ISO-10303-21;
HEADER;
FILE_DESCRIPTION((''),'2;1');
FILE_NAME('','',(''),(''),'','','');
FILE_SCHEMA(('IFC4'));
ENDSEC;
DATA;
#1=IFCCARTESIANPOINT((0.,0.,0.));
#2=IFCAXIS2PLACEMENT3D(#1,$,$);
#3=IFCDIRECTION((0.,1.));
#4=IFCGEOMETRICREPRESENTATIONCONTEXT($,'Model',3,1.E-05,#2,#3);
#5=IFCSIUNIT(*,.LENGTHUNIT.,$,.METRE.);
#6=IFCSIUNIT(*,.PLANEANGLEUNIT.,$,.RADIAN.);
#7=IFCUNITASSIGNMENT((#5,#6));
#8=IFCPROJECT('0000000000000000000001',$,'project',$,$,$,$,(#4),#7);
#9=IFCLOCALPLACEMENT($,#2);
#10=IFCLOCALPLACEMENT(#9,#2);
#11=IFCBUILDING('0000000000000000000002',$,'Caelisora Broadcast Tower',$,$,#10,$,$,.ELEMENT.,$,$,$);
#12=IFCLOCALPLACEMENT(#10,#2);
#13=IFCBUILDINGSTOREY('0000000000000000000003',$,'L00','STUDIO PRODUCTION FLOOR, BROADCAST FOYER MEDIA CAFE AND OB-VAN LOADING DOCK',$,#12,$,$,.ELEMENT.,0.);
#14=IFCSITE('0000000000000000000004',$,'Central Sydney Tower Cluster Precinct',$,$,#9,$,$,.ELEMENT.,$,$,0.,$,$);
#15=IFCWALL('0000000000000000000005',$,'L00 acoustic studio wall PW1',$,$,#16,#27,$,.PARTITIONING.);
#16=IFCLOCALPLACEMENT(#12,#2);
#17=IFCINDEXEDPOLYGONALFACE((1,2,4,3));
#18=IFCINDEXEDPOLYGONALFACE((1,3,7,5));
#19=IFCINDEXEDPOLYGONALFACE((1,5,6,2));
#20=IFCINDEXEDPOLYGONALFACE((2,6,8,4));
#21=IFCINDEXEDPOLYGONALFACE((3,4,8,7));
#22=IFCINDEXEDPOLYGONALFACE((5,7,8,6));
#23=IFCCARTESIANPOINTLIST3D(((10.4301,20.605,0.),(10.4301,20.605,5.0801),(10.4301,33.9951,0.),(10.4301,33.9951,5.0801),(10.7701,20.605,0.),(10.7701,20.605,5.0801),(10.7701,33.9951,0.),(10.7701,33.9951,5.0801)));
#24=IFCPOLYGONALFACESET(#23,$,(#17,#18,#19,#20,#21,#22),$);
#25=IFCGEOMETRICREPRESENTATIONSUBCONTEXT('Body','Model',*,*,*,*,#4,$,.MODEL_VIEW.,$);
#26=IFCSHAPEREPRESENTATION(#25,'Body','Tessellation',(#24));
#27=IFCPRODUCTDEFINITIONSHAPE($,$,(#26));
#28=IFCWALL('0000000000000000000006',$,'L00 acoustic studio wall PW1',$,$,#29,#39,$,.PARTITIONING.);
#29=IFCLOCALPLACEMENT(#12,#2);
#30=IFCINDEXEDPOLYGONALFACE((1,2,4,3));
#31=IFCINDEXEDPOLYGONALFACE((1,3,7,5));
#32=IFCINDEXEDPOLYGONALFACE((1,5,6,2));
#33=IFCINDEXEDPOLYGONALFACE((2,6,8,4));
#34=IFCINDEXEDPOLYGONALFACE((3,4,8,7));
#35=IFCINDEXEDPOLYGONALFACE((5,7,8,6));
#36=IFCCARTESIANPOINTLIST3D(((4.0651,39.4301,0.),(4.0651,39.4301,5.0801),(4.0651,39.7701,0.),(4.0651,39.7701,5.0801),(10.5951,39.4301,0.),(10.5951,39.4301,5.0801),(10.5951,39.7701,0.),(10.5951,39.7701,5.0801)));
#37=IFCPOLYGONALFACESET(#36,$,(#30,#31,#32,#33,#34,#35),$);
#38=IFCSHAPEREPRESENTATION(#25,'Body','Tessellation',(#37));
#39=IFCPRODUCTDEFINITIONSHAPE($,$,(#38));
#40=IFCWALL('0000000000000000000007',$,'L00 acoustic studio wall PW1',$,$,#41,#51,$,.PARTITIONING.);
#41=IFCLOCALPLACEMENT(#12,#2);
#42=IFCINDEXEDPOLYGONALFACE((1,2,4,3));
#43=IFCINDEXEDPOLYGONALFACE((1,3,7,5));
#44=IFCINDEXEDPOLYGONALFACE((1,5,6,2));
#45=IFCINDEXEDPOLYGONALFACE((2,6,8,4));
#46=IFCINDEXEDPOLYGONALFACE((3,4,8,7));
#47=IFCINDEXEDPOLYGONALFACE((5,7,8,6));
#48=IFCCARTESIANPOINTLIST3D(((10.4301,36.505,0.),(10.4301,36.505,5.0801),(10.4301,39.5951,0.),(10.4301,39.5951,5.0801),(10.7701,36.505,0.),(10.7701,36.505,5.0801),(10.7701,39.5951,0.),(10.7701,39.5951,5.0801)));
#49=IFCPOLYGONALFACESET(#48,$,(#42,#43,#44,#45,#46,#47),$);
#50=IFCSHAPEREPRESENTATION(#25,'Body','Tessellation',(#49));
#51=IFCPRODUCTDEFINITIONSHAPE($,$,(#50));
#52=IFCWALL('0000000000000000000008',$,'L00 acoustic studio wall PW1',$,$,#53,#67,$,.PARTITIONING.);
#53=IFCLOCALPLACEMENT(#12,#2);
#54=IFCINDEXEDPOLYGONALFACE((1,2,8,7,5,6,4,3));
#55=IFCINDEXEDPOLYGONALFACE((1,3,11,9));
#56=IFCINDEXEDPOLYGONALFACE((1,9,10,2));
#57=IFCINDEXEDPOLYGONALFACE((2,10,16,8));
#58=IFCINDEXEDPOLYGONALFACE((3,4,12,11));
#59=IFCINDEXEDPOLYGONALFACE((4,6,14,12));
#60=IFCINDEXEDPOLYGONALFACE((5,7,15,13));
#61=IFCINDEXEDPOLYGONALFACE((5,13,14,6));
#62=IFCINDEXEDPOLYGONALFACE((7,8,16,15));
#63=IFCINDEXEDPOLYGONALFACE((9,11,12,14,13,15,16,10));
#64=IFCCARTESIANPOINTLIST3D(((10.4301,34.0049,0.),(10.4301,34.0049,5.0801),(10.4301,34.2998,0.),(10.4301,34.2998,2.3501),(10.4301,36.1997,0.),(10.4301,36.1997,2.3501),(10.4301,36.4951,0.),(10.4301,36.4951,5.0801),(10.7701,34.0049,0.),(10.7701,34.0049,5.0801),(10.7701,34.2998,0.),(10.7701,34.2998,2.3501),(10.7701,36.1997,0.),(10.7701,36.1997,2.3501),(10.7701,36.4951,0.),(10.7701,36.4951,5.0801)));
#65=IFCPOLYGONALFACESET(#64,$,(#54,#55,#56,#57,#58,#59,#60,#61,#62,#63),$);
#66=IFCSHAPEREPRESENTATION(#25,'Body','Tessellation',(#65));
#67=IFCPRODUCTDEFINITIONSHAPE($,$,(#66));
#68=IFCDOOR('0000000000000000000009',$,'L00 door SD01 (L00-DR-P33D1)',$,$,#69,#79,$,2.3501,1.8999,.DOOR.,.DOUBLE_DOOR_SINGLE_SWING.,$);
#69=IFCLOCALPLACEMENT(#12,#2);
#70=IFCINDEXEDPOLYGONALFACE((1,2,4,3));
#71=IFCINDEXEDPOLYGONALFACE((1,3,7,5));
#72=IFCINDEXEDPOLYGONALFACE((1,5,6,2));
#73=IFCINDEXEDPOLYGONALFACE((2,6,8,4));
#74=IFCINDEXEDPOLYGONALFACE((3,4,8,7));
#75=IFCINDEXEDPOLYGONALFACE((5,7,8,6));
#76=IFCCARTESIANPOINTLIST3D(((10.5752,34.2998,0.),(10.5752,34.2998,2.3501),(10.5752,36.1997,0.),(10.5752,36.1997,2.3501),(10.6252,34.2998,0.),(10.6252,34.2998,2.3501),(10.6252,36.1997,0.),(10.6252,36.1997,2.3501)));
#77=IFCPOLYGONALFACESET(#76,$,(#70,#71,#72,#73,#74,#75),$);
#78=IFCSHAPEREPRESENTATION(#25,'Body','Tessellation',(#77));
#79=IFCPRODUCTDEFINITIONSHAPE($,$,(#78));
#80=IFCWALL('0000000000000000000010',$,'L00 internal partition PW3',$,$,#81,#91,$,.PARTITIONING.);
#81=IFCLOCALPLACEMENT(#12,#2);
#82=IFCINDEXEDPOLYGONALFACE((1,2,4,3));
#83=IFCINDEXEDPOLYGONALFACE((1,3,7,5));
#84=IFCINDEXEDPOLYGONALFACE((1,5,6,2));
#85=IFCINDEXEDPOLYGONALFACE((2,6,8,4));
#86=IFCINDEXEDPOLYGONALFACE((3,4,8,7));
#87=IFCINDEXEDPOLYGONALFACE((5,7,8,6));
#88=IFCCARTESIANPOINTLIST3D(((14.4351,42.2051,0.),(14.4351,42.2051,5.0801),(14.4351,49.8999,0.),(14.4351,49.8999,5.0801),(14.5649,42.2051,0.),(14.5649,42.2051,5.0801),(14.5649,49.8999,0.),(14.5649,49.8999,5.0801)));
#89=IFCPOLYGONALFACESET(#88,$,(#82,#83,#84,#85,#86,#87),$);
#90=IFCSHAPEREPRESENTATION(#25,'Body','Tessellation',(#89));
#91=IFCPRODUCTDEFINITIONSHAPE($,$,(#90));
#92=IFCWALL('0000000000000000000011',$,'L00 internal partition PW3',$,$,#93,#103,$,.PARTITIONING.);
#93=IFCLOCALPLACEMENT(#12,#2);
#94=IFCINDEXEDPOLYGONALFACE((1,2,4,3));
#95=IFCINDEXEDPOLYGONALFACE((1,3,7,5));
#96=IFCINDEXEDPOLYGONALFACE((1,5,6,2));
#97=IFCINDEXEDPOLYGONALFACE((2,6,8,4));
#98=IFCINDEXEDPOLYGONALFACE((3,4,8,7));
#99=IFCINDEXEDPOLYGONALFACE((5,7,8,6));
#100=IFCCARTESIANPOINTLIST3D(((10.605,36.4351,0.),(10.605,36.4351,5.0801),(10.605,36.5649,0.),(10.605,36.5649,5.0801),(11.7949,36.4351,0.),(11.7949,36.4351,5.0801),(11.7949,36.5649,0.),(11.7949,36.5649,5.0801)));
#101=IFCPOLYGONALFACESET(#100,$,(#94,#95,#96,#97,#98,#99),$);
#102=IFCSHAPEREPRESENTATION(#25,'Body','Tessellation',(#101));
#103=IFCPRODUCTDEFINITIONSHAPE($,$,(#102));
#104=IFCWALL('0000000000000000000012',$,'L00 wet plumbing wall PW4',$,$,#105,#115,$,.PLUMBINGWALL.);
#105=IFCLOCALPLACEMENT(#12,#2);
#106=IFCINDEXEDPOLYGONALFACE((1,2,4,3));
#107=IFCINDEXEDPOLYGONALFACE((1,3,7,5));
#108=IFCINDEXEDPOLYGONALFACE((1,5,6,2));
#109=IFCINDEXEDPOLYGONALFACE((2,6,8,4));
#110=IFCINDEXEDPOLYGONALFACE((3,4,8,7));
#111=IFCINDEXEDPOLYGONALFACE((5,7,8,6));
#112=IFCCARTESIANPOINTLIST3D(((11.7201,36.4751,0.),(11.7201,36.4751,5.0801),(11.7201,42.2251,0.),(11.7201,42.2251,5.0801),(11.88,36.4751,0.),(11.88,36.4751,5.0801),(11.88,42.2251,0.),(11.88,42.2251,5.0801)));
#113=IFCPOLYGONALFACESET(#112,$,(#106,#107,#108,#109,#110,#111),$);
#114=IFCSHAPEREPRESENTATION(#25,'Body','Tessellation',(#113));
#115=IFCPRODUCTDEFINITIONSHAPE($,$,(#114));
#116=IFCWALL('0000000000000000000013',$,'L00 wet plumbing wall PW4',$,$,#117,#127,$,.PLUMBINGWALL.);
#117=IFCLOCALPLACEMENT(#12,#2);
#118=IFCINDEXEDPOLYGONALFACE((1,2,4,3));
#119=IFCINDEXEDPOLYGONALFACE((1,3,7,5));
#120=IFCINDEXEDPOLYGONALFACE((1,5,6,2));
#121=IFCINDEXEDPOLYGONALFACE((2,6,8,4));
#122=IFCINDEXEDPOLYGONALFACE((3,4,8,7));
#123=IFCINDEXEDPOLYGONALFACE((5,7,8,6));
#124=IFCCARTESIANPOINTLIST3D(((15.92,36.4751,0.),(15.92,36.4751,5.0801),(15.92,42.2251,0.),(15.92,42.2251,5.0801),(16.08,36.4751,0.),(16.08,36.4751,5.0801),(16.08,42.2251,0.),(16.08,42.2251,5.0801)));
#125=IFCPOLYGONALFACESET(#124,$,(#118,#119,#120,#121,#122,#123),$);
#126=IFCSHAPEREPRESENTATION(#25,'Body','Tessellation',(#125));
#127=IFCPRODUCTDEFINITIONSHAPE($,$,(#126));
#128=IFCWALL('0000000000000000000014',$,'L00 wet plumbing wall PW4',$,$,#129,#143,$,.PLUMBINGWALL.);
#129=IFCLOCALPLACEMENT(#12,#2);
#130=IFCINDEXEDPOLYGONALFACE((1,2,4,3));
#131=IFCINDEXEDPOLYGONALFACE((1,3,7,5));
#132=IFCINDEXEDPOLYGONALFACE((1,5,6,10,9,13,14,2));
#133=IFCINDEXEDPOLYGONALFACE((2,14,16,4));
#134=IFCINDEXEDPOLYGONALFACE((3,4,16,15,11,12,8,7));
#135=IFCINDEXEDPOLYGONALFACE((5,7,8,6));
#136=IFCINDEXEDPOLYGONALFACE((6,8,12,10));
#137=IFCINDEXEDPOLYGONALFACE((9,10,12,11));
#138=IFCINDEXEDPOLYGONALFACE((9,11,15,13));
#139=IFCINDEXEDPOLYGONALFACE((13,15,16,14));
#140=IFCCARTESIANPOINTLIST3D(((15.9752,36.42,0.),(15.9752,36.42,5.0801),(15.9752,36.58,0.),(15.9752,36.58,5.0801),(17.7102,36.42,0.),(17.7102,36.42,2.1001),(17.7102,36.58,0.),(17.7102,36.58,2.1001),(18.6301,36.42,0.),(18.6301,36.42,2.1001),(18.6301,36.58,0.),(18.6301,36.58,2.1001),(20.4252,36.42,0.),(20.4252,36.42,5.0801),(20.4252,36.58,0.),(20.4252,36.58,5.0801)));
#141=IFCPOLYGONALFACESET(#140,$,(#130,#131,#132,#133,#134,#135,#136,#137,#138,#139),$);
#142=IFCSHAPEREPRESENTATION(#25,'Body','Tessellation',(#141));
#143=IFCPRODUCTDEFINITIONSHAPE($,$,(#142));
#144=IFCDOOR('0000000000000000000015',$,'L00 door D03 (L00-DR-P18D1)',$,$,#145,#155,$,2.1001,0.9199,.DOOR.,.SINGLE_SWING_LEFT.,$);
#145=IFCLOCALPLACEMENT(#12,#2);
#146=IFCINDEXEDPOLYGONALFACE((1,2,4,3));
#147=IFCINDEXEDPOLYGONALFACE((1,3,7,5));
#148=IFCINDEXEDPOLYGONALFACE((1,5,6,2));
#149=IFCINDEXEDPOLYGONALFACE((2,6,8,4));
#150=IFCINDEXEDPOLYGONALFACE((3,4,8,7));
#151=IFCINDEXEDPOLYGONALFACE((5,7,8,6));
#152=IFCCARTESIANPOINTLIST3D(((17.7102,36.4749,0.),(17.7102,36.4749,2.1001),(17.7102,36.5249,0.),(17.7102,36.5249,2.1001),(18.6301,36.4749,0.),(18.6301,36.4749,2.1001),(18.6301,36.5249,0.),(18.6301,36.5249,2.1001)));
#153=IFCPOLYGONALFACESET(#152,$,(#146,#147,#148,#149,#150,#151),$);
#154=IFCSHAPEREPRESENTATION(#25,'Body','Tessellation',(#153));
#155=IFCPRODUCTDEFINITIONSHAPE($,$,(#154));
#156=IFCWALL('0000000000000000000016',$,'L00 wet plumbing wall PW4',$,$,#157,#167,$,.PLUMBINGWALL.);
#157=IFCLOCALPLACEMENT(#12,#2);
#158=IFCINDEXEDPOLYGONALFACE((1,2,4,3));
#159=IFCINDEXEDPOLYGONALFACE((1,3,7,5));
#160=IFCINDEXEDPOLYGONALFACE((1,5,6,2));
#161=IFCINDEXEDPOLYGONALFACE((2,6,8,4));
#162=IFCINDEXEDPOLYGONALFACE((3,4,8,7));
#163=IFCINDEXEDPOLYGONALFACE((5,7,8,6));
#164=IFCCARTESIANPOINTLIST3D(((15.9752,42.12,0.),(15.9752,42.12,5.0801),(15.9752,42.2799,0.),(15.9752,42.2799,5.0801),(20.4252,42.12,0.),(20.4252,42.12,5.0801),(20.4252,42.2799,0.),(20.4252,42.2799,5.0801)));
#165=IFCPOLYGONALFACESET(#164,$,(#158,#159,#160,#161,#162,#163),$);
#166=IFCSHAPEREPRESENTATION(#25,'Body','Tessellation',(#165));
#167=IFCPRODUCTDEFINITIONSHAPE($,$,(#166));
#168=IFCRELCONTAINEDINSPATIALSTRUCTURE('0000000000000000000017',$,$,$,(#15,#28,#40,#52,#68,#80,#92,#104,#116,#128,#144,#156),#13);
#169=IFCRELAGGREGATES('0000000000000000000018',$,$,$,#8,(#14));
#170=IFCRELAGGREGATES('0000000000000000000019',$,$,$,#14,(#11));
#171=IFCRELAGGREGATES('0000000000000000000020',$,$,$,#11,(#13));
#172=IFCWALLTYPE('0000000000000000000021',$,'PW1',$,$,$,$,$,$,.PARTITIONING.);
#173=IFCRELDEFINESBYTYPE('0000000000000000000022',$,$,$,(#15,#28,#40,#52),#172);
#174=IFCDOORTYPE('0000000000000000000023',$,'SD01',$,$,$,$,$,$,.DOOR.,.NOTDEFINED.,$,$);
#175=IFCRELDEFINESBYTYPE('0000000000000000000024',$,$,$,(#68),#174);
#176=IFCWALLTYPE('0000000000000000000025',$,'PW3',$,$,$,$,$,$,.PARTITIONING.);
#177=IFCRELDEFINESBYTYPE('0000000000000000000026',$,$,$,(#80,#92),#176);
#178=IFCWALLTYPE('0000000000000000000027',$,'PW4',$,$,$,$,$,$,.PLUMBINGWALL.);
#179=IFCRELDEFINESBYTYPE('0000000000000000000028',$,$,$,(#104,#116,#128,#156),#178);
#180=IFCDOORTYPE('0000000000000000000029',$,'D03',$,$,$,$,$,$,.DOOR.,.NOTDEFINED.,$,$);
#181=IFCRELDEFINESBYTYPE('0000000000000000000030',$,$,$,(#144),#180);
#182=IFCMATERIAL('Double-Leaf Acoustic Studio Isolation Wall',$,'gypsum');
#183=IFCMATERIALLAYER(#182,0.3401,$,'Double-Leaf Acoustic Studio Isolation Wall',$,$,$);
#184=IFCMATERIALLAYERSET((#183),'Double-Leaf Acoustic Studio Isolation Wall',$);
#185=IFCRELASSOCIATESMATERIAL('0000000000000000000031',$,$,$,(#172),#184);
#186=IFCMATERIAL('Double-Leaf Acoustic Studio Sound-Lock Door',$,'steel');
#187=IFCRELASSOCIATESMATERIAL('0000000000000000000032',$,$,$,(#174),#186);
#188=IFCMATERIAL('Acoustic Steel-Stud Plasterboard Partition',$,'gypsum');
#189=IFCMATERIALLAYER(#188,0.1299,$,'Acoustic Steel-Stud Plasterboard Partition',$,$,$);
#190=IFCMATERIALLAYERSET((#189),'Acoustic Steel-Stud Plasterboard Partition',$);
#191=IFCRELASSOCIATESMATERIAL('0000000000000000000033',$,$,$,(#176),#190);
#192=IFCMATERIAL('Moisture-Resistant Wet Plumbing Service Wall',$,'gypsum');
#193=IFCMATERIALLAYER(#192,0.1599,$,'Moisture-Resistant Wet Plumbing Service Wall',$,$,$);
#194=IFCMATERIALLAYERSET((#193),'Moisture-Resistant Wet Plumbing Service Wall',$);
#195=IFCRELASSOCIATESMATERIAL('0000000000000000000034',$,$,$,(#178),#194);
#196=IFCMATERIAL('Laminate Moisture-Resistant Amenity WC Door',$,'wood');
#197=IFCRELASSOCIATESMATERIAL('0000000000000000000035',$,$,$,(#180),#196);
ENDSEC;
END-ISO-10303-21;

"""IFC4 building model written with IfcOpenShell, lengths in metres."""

from ifc_helpers import new_model, si_unit, direction, frame, frame_2d, origin, place, context, subcontext, project, spatial, rectangle, extrude, material, layer, layer_set, type_object, element, fill, save


model = new_model("IFC4")

# Units and contexts
model_context = context("Model", 3, precision=1e-05, world=origin(), true_north=direction((0.0, 1.0)))
body_context = subcontext(model_context, "Body", "Model", "MODEL_VIEW")
ifc_project = project(units=[si_unit("LENGTHUNIT", "METRE"), si_unit("PLANEANGLEUNIT", "RADIAN")], contexts=[model_context])

# Site, building, storey
site_placement = place(None, origin())
site = spatial("IfcSite", under=ifc_project, at=site_placement, Name="Central Sydney Tower Cluster Precinct", CompositionType="ELEMENT", RefElevation=0.0)
building_placement = place(site_placement, origin())
building = spatial("IfcBuilding", under=site, at=building_placement, Name="Caelisora Broadcast Tower", CompositionType="ELEMENT")
storey_placement = place(building_placement, origin())
storey = spatial("IfcBuildingStorey", under=building, at=storey_placement, Name="L00", Description="STUDIO PRODUCTION FLOOR, BROADCAST FOYER MEDIA CAFE AND OB-VAN LOADING DOCK", CompositionType="ELEMENT", Elevation=0.0)

# Walls
ifc_material_1 = material(Name="Double-Leaf Acoustic Studio Isolation Wall", Category="gypsum")
ifc_layer_1 = layer(ifc_material_1, 0.3401, Name="Double-Leaf Acoustic Studio Isolation Wall")
ifc_layer_set_1 = layer_set([ifc_layer_1], Name="Double-Leaf Acoustic Studio Isolation Wall")
wall_type_1 = type_object("IfcWallType", Name="PW1", PredefinedType="PARTITIONING", material=ifc_layer_set_1)
wall_1_placement = place(storey_placement, frame((10.6001, 33.9951, 0.0), z_axis=(0.0, 0.0, 1.0), x_axis=(0.0, -1.0, 0.0)))
element("IfcWall", 1, at=wall_1_placement, inside=storey, type_object=wall_type_1, Name="L00 acoustic studio wall PW1", PredefinedType="PARTITIONING", context=body_context, shape_type="SweptSolid", body=[
    extrude(rectangle(XDim=13.3901, YDim=0.3401, at=frame_2d((6.6951, 0.0))), origin(), (0.0, 0.0, 1.0), 5.0801),
])
wall_2_placement = place(storey_placement, frame((4.0649, 39.6001, 0.0), z_axis=(0.0, 0.0, 1.0), x_axis=(1.0, 0.0, 0.0)))
element("IfcWall", 2, at=wall_2_placement, inside=storey, type_object=wall_type_1, Name="L00 acoustic studio wall PW1", PredefinedType="PARTITIONING", context=body_context, shape_type="SweptSolid", body=[
    extrude(rectangle(XDim=6.53, YDim=0.3401, at=frame_2d((3.2651, 0.0))), origin(), (0.0, 0.0, 1.0), 5.0801),
])
wall_3_placement = place(storey_placement, frame((10.6001, 39.595, 0.0), z_axis=(0.0, 0.0, 1.0), x_axis=(0.0, -1.0, 0.0)))
element("IfcWall", 3, at=wall_3_placement, inside=storey, type_object=wall_type_1, Name="L00 acoustic studio wall PW1", PredefinedType="PARTITIONING", context=body_context, shape_type="SweptSolid", body=[
    extrude(rectangle(XDim=3.0901, YDim=0.3401, at=frame_2d((1.5449, 0.0))), origin(), (0.0, 0.0, 1.0), 5.0801),
])

# Wall, opening, door
wall_4_placement = place(storey_placement, frame((10.6001, 34.0049, 0.0), z_axis=(0.0, 0.0, 1.0), x_axis=(0.0, 1.0, 0.0)))
wall_4 = element("IfcWall", 4, at=wall_4_placement, inside=storey, type_object=wall_type_1, Name="L00 acoustic studio wall PW1", PredefinedType="PARTITIONING", context=body_context, shape_type="SweptSolid", body=[
    extrude(rectangle(XDim=2.4902, YDim=0.3401, at=frame_2d((1.2451, 0.0))), origin(), (0.0, 0.0, 1.0), 5.0801),
])
opening_1_placement = place(wall_4_placement, frame((0.2949, 0.0, 0.0)))
opening_1 = element("IfcOpeningElement", 5, at=opening_1_placement, cuts=wall_4, PredefinedType="OPENING", context=body_context, shape_type="SweptSolid", body=[
    extrude(rectangle(XDim=1.8999, YDim=2.3501, at=frame_2d((0.95, 1.175))), frame((0.0, 0.1821, 0.0), z_axis=(0.0, -1.0, 0.0), x_axis=(1.0, 0.0, 0.0)), (0.0, 0.0, 1.0), 0.364),
])
ifc_material_2 = material(Name="Double-Leaf Acoustic Studio Sound-Lock Door", Category="steel")
door_type_1 = type_object("IfcDoorType", Name="SD01", OperationType="NOTDEFINED", PredefinedType="DOOR", material=ifc_material_2)
door_1_placement = place(opening_1_placement, origin())
door_1 = element("IfcDoor", 6, at=door_1_placement, inside=storey, type_object=door_type_1, Name="L00 door SD01 (L00-DR-P33D1)", OperationType="DOUBLE_DOOR_SINGLE_SWING", OverallHeight=2.3501, OverallWidth=1.8999, PredefinedType="DOOR", context=body_context, shape_type="SweptSolid", body=[
    extrude(rectangle(XDim=1.8999, YDim=2.3501, at=frame_2d((0.95, 1.175))), frame((0.0, 0.0249, 0.0), z_axis=(0.0, -1.0, 0.0), x_axis=(1.0, 0.0, 0.0)), (0.0, 0.0, 1.0), 0.05),
])
fill(opening_1, door_1)

# Walls
ifc_material_3 = material(Name="Acoustic Steel-Stud Plasterboard Partition", Category="gypsum")
ifc_layer_2 = layer(ifc_material_3, 0.1299, Name="Acoustic Steel-Stud Plasterboard Partition")
ifc_layer_set_2 = layer_set([ifc_layer_2], Name="Acoustic Steel-Stud Plasterboard Partition")
wall_type_2 = type_object("IfcWallType", Name="PW3", PredefinedType="PARTITIONING", material=ifc_layer_set_2)
wall_5_placement = place(storey_placement, frame((14.5, 42.2051, 0.0), z_axis=(0.0, 0.0, 1.0), x_axis=(0.0, 1.0, 0.0)))
element("IfcWall", 7, at=wall_5_placement, inside=storey, type_object=wall_type_2, Name="L00 internal partition PW3", PredefinedType="PARTITIONING", context=body_context, shape_type="SweptSolid", body=[
    extrude(rectangle(XDim=7.6948, YDim=0.1299, at=frame_2d((3.8474, 0.0))), origin(), (0.0, 0.0, 1.0), 5.0801),
])
wall_6_placement = place(storey_placement, frame((10.605, 36.5, 0.0), z_axis=(0.0, 0.0, 1.0), x_axis=(1.0, 0.0, 0.0)))
element("IfcWall", 8, at=wall_6_placement, inside=storey, type_object=wall_type_2, Name="L00 internal partition PW3", PredefinedType="PARTITIONING", context=body_context, shape_type="SweptSolid", body=[
    extrude(rectangle(XDim=1.1899, YDim=0.1299, at=frame_2d((0.595, 0.0))), origin(), (0.0, 0.0, 1.0), 5.0801),
])
ifc_material_4 = material(Name="Moisture-Resistant Wet Plumbing Service Wall", Category="gypsum")
ifc_layer_3 = layer(ifc_material_4, 0.1599, Name="Moisture-Resistant Wet Plumbing Service Wall")
ifc_layer_set_3 = layer_set([ifc_layer_3], Name="Moisture-Resistant Wet Plumbing Service Wall")
wall_type_3 = type_object("IfcWallType", Name="PW4", PredefinedType="PLUMBINGWALL", material=ifc_layer_set_3)
for number, where, z_axis, x_axis, name in (
    (9, (11.8, 36.4751, 0.0), (0.0, 0.0, 1.0), (0.0, 1.0, 0.0), "L00 wet plumbing wall PW4"),
    (10, (16.0, 36.4751, 0.0), (0.0, 0.0, 1.0), (0.0, 1.0, 0.0), "L00 wet plumbing wall PW4"),
):
    element("IfcWall", number, at=place(storey_placement, frame(where, z_axis=z_axis, x_axis=x_axis)), inside=storey, type_object=wall_type_3, Name=name, PredefinedType="PLUMBINGWALL", context=body_context, shape_type="SweptSolid", body=[
        extrude(rectangle(XDim=5.75, YDim=0.1599, at=frame_2d((2.875, 0.0))), origin(), (0.0, 0.0, 1.0), 5.0801),
    ])

# Wall, opening, door
wall_7_placement = place(storey_placement, frame((15.9751, 36.5, 0.0), z_axis=(0.0, 0.0, 1.0), x_axis=(1.0, 0.0, 0.0)))
wall_7 = element("IfcWall", 11, at=wall_7_placement, inside=storey, type_object=wall_type_3, Name="L00 wet plumbing wall PW4", PredefinedType="PLUMBINGWALL", context=body_context, shape_type="SweptSolid", body=[
    extrude(rectangle(XDim=4.45, YDim=0.1599, at=frame_2d((2.2251, 0.0))), origin(), (0.0, 0.0, 1.0), 5.0801),
])
opening_2_placement = place(wall_7_placement, frame((1.7351, 0.0, 0.0)))
opening_2 = element("IfcOpeningElement", 12, at=opening_2_placement, cuts=wall_7, PredefinedType="OPENING", context=body_context, shape_type="SweptSolid", body=[
    extrude(rectangle(XDim=0.9199, YDim=2.1001, at=frame_2d((0.46, 1.05))), frame((0.0, 0.092, 0.0), z_axis=(0.0, -1.0, 0.0), x_axis=(1.0, 0.0, 0.0)), (0.0, 0.0, 1.0), 0.1838),
])
ifc_material_5 = material(Name="Laminate Moisture-Resistant Amenity WC Door", Category="wood")
door_type_2 = type_object("IfcDoorType", Name="D03", OperationType="NOTDEFINED", PredefinedType="DOOR", material=ifc_material_5)
door_2_placement = place(opening_2_placement, origin())
door_2 = element("IfcDoor", 13, at=door_2_placement, inside=storey, type_object=door_type_2, Name="L00 door D03 (L00-DR-P18D1)", OperationType="SINGLE_SWING_LEFT", OverallHeight=2.1001, OverallWidth=0.9199, PredefinedType="DOOR", context=body_context, shape_type="SweptSolid", body=[
    extrude(rectangle(XDim=0.9199, YDim=2.1001, at=frame_2d((0.46, 1.05))), frame((0.0, 0.0249, 0.0), z_axis=(0.0, -1.0, 0.0), x_axis=(1.0, 0.0, 0.0)), (0.0, 0.0, 1.0), 0.05),
])
fill(opening_2, door_2)

# Wall
wall_8_placement = place(storey_placement, frame((15.9751, 42.2, 0.0), z_axis=(0.0, 0.0, 1.0), x_axis=(1.0, 0.0, 0.0)))
element("IfcWall", 14, at=wall_8_placement, inside=storey, type_object=wall_type_3, Name="L00 wet plumbing wall PW4", PredefinedType="PLUMBINGWALL", context=body_context, shape_type="SweptSolid", body=[
    extrude(rectangle(XDim=4.45, YDim=0.1599, at=frame_2d((2.2251, 0.0))), origin(), (0.0, 0.0, 1.0), 5.0801),
])

save(model, "model.ifc")
